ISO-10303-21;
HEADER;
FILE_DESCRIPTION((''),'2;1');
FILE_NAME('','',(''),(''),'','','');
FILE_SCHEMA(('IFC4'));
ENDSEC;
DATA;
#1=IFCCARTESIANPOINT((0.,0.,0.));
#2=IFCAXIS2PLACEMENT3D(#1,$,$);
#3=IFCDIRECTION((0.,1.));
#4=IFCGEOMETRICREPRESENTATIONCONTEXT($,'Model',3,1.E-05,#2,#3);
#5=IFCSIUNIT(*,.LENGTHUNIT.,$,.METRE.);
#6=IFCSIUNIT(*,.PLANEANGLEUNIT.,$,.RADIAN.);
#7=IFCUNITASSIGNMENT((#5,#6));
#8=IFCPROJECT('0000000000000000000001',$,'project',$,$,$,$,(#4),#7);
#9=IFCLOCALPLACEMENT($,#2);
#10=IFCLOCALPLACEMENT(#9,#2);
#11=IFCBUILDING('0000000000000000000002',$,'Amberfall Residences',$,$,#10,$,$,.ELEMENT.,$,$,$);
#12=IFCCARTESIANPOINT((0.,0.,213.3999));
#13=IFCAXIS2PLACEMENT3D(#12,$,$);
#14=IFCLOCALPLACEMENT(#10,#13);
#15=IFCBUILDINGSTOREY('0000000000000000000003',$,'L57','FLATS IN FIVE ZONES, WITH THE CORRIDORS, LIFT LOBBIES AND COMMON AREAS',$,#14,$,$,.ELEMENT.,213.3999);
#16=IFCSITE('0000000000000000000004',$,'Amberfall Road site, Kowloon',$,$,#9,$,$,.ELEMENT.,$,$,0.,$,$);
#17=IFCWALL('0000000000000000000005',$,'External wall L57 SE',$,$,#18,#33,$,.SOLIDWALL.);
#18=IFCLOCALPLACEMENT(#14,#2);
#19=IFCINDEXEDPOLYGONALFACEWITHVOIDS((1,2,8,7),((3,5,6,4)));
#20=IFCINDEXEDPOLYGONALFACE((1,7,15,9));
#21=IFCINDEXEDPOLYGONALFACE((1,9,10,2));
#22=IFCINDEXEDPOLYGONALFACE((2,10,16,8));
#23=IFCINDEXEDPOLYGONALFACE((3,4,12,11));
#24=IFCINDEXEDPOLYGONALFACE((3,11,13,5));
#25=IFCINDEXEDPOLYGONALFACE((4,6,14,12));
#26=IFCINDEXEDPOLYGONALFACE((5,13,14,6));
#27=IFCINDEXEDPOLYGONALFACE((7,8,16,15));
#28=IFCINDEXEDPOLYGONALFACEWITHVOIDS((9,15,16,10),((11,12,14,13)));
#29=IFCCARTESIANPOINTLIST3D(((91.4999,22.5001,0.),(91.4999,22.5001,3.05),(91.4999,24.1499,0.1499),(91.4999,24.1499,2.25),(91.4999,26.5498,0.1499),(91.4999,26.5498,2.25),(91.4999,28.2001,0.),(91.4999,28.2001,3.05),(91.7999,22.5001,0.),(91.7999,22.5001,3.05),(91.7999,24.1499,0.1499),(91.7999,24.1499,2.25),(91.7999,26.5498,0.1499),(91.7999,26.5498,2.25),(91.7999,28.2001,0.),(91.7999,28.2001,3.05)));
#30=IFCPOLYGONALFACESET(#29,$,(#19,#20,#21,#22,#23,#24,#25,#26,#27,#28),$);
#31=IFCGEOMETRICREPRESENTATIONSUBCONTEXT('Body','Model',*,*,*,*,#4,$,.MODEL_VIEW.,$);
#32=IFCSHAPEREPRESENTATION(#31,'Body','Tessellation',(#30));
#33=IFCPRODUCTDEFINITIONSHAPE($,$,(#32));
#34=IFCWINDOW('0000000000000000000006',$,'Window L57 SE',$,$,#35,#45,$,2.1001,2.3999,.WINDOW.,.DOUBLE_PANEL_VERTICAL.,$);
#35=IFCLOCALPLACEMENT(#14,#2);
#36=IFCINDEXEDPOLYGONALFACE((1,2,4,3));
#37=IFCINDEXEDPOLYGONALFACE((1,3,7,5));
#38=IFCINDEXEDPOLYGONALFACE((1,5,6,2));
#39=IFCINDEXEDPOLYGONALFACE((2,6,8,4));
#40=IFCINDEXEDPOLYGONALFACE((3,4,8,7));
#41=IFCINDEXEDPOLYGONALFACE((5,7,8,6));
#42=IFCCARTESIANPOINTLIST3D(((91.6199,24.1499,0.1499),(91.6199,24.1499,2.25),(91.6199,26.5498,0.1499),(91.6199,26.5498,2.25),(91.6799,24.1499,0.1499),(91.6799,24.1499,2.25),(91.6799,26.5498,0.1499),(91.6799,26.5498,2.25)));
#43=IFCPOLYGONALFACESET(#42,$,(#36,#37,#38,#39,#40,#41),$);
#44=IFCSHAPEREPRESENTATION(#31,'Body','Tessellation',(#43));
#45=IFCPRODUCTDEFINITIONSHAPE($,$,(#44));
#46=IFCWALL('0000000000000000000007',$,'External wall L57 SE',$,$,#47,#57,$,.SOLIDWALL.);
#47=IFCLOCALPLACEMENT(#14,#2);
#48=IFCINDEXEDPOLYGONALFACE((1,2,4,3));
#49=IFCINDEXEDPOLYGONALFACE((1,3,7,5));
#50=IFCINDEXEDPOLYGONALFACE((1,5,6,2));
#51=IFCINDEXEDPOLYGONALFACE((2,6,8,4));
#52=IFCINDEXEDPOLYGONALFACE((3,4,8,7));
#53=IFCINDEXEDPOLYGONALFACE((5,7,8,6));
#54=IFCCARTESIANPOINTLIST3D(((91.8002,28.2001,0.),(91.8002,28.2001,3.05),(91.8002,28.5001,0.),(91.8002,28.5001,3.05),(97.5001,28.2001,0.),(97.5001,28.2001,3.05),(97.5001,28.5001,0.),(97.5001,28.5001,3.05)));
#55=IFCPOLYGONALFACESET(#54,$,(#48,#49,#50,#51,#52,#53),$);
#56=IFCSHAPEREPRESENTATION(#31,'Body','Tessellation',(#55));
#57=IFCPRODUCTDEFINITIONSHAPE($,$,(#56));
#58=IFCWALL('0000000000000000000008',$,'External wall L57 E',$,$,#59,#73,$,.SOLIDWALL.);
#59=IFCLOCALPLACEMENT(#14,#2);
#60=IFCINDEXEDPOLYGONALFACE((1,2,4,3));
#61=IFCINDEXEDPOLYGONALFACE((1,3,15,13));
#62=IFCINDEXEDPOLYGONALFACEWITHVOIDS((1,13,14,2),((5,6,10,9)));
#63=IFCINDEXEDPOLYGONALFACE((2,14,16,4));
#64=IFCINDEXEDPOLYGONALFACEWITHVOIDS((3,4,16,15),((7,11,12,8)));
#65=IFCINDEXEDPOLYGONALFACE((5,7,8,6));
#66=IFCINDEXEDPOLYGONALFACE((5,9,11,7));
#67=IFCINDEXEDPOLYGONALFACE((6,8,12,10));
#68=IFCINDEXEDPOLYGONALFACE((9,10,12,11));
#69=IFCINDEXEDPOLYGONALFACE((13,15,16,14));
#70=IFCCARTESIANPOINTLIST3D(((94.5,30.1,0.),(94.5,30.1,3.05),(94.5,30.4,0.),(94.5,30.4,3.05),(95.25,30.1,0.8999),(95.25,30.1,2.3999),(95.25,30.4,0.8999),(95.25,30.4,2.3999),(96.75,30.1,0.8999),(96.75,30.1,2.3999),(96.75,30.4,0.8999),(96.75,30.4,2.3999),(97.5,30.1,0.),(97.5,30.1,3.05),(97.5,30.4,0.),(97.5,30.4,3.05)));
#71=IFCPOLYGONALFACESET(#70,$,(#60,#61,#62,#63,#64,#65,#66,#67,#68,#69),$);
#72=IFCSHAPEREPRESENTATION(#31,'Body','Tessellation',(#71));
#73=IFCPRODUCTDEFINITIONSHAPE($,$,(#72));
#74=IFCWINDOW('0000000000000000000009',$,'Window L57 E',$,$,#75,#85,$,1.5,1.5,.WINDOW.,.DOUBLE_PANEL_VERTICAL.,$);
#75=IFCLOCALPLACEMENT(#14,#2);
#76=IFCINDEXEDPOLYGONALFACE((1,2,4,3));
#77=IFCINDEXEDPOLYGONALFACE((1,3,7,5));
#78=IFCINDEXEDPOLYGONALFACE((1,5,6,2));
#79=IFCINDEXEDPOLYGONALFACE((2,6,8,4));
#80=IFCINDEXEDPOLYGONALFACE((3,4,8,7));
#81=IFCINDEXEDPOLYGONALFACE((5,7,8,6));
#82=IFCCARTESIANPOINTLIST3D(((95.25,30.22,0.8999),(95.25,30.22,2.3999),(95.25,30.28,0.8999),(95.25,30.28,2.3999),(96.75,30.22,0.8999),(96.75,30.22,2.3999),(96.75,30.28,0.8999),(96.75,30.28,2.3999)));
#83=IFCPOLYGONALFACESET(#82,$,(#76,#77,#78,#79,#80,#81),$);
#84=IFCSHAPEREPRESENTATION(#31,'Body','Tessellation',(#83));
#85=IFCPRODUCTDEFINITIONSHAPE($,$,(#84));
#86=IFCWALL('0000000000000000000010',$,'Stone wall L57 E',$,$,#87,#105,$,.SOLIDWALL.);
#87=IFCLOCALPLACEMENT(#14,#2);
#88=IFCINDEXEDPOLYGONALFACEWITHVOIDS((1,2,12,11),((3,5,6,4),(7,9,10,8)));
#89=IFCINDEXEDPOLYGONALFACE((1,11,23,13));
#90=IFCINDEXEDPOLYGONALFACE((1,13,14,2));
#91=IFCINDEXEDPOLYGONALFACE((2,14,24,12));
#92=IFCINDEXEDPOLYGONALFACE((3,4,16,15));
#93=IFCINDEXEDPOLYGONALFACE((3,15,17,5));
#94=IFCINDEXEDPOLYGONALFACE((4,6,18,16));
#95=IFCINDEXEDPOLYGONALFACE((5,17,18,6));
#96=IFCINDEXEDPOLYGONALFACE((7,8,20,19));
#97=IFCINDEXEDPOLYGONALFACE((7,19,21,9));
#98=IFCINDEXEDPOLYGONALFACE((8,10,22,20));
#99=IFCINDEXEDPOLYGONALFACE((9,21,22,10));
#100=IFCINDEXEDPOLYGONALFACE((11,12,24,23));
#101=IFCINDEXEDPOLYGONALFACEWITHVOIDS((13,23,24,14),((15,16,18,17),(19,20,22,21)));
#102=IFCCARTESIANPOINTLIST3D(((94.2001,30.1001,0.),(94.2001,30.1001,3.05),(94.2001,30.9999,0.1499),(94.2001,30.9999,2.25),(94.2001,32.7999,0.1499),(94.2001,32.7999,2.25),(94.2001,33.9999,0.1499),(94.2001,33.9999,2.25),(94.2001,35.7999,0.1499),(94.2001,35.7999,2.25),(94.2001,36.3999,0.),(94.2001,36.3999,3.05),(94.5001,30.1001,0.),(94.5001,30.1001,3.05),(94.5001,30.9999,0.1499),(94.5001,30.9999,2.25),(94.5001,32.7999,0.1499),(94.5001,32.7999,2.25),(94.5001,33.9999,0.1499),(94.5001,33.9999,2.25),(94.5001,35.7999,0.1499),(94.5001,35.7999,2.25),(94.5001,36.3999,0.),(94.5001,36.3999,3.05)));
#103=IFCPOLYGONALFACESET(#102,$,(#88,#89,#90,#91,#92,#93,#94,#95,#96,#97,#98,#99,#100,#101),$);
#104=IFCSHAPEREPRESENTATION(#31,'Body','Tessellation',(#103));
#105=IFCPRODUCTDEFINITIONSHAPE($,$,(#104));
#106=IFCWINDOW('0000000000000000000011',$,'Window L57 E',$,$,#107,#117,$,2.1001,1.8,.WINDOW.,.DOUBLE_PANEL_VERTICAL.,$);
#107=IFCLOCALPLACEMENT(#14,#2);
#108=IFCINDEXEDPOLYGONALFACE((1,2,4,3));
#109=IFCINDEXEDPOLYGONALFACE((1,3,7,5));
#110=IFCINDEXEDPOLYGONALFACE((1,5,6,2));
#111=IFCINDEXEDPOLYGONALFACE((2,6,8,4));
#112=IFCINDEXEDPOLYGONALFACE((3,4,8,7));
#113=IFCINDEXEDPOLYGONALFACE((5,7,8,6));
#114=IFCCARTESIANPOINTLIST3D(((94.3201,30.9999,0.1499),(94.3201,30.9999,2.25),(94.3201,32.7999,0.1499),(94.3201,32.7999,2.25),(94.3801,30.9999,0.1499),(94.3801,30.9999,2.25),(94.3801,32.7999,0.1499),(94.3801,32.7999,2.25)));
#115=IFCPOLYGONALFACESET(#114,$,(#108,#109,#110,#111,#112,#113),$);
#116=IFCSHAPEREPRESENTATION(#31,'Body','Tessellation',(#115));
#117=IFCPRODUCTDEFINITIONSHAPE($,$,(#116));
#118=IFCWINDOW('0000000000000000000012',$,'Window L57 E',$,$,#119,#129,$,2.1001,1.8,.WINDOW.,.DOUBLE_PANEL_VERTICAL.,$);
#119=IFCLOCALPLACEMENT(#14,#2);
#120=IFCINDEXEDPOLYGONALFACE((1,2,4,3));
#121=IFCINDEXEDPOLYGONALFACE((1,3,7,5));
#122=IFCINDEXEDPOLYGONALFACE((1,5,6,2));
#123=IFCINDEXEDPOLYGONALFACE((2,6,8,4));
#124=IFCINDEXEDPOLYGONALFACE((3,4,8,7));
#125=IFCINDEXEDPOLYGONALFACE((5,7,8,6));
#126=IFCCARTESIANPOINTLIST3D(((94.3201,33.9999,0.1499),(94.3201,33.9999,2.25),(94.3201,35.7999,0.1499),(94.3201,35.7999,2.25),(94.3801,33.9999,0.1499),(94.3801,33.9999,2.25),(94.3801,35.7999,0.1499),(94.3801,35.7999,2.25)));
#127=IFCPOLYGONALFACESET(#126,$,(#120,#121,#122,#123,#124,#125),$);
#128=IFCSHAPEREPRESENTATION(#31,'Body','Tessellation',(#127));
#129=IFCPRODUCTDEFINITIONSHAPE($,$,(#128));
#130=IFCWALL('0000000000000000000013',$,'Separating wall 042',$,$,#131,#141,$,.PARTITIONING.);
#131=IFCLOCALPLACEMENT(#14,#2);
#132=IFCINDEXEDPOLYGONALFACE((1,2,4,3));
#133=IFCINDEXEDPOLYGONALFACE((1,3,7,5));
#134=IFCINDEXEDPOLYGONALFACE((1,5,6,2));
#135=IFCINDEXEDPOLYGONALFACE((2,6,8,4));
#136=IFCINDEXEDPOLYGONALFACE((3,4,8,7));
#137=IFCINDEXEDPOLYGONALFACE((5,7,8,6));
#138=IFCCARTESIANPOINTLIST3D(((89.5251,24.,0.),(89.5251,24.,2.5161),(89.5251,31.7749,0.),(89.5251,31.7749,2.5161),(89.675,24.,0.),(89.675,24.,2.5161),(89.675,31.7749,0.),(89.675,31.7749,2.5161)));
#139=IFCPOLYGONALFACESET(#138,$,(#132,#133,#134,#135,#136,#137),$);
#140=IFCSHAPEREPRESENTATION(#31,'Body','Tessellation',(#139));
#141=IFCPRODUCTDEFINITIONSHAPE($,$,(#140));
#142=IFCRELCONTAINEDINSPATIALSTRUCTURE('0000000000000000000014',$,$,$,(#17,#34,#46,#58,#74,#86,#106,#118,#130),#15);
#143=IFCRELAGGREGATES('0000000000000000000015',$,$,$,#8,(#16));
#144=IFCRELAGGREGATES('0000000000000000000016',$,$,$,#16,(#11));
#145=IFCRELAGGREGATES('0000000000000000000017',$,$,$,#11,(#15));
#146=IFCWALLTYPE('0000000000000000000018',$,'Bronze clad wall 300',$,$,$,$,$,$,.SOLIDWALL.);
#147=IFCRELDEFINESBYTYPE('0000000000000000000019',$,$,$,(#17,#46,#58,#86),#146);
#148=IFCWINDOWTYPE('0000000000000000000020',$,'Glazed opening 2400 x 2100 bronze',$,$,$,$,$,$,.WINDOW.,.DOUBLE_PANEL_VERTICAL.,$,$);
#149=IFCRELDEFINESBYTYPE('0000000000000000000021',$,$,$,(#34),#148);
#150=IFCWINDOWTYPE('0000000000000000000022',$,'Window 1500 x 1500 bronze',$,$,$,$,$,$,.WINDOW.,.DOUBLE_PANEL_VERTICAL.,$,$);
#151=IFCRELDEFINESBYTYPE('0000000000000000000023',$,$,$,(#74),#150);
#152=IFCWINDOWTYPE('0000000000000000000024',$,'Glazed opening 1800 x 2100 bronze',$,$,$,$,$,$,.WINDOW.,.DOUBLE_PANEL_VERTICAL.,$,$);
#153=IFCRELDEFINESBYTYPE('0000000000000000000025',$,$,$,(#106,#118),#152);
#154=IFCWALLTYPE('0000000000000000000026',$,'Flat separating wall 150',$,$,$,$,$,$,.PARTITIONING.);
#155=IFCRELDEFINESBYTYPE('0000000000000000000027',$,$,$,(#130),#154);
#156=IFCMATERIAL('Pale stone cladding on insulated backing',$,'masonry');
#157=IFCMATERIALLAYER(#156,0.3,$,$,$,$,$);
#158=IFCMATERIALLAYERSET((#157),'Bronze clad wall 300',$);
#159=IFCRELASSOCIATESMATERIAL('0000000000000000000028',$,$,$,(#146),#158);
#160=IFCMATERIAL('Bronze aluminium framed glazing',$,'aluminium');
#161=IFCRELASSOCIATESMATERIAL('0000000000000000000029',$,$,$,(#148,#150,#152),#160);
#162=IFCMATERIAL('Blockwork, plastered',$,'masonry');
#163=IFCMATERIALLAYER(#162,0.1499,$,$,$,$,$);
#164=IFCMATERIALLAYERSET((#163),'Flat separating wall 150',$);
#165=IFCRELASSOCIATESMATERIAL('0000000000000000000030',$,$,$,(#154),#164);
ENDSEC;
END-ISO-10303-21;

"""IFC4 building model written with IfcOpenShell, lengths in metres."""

from ifc_helpers import new_model, si_unit, direction, frame, frame_2d, origin, place, context, subcontext, project, spatial, rectangle, extrude, material, layer, layer_set, type_object, element, fill, save


model = new_model("IFC4")

# Units and contexts
model_context = context("Model", 3, precision=1e-05, world=origin(), true_north=direction((0.0, 1.0)))
body_context = subcontext(model_context, "Body", "Model", "MODEL_VIEW")
ifc_project = project(units=[si_unit("LENGTHUNIT", "METRE"), si_unit("PLANEANGLEUNIT", "RADIAN")], contexts=[model_context])

# Site, building, storey
site_placement = place(None, origin())
site = spatial("IfcSite", under=ifc_project, at=site_placement, Name="Amberfall Road site, Kowloon", CompositionType="ELEMENT", RefElevation=0.0)
building_placement = place(site_placement, origin())
building = spatial("IfcBuilding", under=site, at=building_placement, Name="Amberfall Residences", CompositionType="ELEMENT")
storey_placement = place(building_placement, frame((0.0, 0.0, 213.3999)))
storey = spatial("IfcBuildingStorey", under=building, at=storey_placement, Name="L57", Description="FLATS IN FIVE ZONES, WITH THE CORRIDORS, LIFT LOBBIES AND COMMON AREAS", CompositionType="ELEMENT", Elevation=213.3999)

# Shared definitions
ifc_material_1 = material(Name="Pale stone cladding on insulated backing", Category="masonry")
ifc_layer_1 = layer(ifc_material_1, 0.3)
ifc_layer_set_1 = layer_set([ifc_layer_1], Name="Bronze clad wall 300")
wall_type_1 = type_object("IfcWallType", Name="Bronze clad wall 300", PredefinedType="SOLIDWALL", material=ifc_layer_set_1)

# Wall, opening, window
wall_1_placement = place(storey_placement, frame((91.6499, 22.5, 0.0), z_axis=(0.0, 0.0, 1.0), x_axis=(0.0, 1.0, 0.0)))
wall_1 = element("IfcWall", 1, at=wall_1_placement, inside=storey, type_object=wall_type_1, Name="External wall L57 SE", PredefinedType="SOLIDWALL", context=body_context, shape_type="SweptSolid", body=[
    extrude(rectangle(XDim=5.7, YDim=0.3, at=frame_2d((2.8501, 0.0))), origin(), (0.0, 0.0, 1.0), 3.05),
])
opening_1_placement = place(wall_1_placement, frame((1.6499, 0.0, 0.1499)))
opening_1 = element("IfcOpeningElement", 2, at=opening_1_placement, cuts=wall_1, PredefinedType="OPENING", context=body_context, shape_type="SweptSolid", body=[
    extrude(rectangle(XDim=2.3999, YDim=2.1001, at=frame_2d((1.2, 1.05))), frame((0.0, 0.1599, 0.0), z_axis=(0.0, -1.0, 0.0), x_axis=(1.0, 0.0, 0.0)), (0.0, 0.0, 1.0), 0.3201),
])
ifc_material_2 = material(Name="Bronze aluminium framed glazing", Category="aluminium")
window_type_1 = type_object("IfcWindowType", Name="Glazed opening 2400 x 2100 bronze", PartitioningType="DOUBLE_PANEL_VERTICAL", PredefinedType="WINDOW", material=ifc_material_2)
window_1_placement = place(opening_1_placement, origin())
window_1 = element("IfcWindow", 3, at=window_1_placement, inside=storey, type_object=window_type_1, Name="Window L57 SE", OverallHeight=2.1001, OverallWidth=2.3999, PartitioningType="DOUBLE_PANEL_VERTICAL", PredefinedType="WINDOW", context=body_context, shape_type="SweptSolid", body=[
    extrude(rectangle(XDim=2.3999, YDim=2.1001, at=frame_2d((1.2, 1.05))), frame((0.0, 0.03, 0.0), z_axis=(0.0, -1.0, 0.0), x_axis=(1.0, 0.0, 0.0)), (0.0, 0.0, 1.0), 0.0601),
])
fill(opening_1, window_1)

# Wall
wall_2_placement = place(storey_placement, frame((91.8, 28.3501, 0.0), z_axis=(0.0, 0.0, 1.0), x_axis=(1.0, 0.0, 0.0)))
element("IfcWall", 4, at=wall_2_placement, inside=storey, type_object=wall_type_1, Name="External wall L57 SE", PredefinedType="SOLIDWALL", context=body_context, shape_type="SweptSolid", body=[
    extrude(rectangle(XDim=5.7, YDim=0.3, at=frame_2d((2.8501, 0.0))), origin(), (0.0, 0.0, 1.0), 3.05),
])

# Wall, opening, window
wall_3_placement = place(storey_placement, frame((97.5, 30.25, 0.0), z_axis=(0.0, 0.0, 1.0), x_axis=(-1.0, 0.0, 0.0)))
wall_3 = element("IfcWall", 5, at=wall_3_placement, inside=storey, type_object=wall_type_1, Name="External wall L57 E", PredefinedType="SOLIDWALL", context=body_context, shape_type="SweptSolid", body=[
    extrude(rectangle(XDim=3.0, YDim=0.3, at=frame_2d((1.5, 0.0))), origin(), (0.0, 0.0, 1.0), 3.05),
])
opening_2_placement = place(wall_3_placement, frame((0.75, 0.0, 0.8999)))
opening_2 = element("IfcOpeningElement", 6, at=opening_2_placement, cuts=wall_3, PredefinedType="OPENING", context=body_context, shape_type="SweptSolid", body=[
    extrude(rectangle(XDim=1.5, YDim=1.5, at=frame_2d((0.75, 0.75))), frame((0.0, 0.1599, 0.0), z_axis=(0.0, -1.0, 0.0), x_axis=(1.0, 0.0, 0.0)), (0.0, 0.0, 1.0), 0.3201),
])
window_type_2 = type_object("IfcWindowType", Name="Window 1500 x 1500 bronze", PartitioningType="DOUBLE_PANEL_VERTICAL", PredefinedType="WINDOW", material=ifc_material_2)
window_2_placement = place(opening_2_placement, origin())
window_2 = element("IfcWindow", 7, at=window_2_placement, inside=storey, type_object=window_type_2, Name="Window L57 E", OverallHeight=1.5, OverallWidth=1.5, PartitioningType="DOUBLE_PANEL_VERTICAL", PredefinedType="WINDOW", context=body_context, shape_type="SweptSolid", body=[
    extrude(rectangle(XDim=1.5, YDim=1.5, at=frame_2d((0.75, 0.75))), frame((0.0, 0.03, 0.0), z_axis=(0.0, -1.0, 0.0), x_axis=(1.0, 0.0, 0.0)), (0.0, 0.0, 1.0), 0.0601),
])
fill(opening_2, window_2)

# Wall, openings, windows
wall_4_placement = place(storey_placement, frame((94.3501, 30.1001, 0.0), z_axis=(0.0, 0.0, 1.0), x_axis=(0.0, 1.0, 0.0)))
wall_4 = element("IfcWall", 8, at=wall_4_placement, inside=storey, type_object=wall_type_1, Name="Stone wall L57 E", PredefinedType="SOLIDWALL", context=body_context, shape_type="SweptSolid", body=[
    extrude(rectangle(XDim=6.2998, YDim=0.3, at=frame_2d((3.1499, 0.0))), origin(), (0.0, 0.0, 1.0), 3.05),
])
opening_3_placement = place(wall_4_placement, frame((0.8999, 0.0, 0.1499)))
opening_3 = element("IfcOpeningElement", 9, at=opening_3_placement, cuts=wall_4, PredefinedType="OPENING", context=body_context, shape_type="SweptSolid", body=[
    extrude(rectangle(XDim=1.8, YDim=2.1001, at=frame_2d((0.8999, 1.05))), frame((0.0, 0.1599, 0.0), z_axis=(0.0, -1.0, 0.0), x_axis=(1.0, 0.0, 0.0)), (0.0, 0.0, 1.0), 0.3201),
])
opening_4_placement = place(wall_4_placement, frame((3.8999, 0.0, 0.1499)))
opening_4 = element("IfcOpeningElement", 10, at=opening_4_placement, cuts=wall_4, PredefinedType="OPENING", context=body_context, shape_type="SweptSolid", body=[
    extrude(rectangle(XDim=1.8, YDim=2.1001, at=frame_2d((0.8999, 1.05))), frame((0.0, 0.1599, 0.0), z_axis=(0.0, -1.0, 0.0), x_axis=(1.0, 0.0, 0.0)), (0.0, 0.0, 1.0), 0.3201),
])
window_type_3 = type_object("IfcWindowType", Name="Glazed opening 1800 x 2100 bronze", PartitioningType="DOUBLE_PANEL_VERTICAL", PredefinedType="WINDOW", material=ifc_material_2)
window_3_placement = place(opening_3_placement, origin())
window_3 = element("IfcWindow", 11, at=window_3_placement, inside=storey, type_object=window_type_3, Name="Window L57 E", OverallHeight=2.1001, OverallWidth=1.8, PartitioningType="DOUBLE_PANEL_VERTICAL", PredefinedType="WINDOW", context=body_context, shape_type="SweptSolid", body=[
    extrude(rectangle(XDim=1.8, YDim=2.1001, at=frame_2d((0.8999, 1.05))), frame((0.0, 0.03, 0.0), z_axis=(0.0, -1.0, 0.0), x_axis=(1.0, 0.0, 0.0)), (0.0, 0.0, 1.0), 0.0601),
])
fill(opening_3, window_3)
window_4_placement = place(opening_4_placement, origin())
window_4 = element("IfcWindow", 12, at=window_4_placement, inside=storey, type_object=window_type_3, Name="Window L57 E", OverallHeight=2.1001, OverallWidth=1.8, PartitioningType="DOUBLE_PANEL_VERTICAL", PredefinedType="WINDOW", context=body_context, shape_type="SweptSolid", body=[
    extrude(rectangle(XDim=1.8, YDim=2.1001, at=frame_2d((0.8999, 1.05))), frame((0.0, 0.03, 0.0), z_axis=(0.0, -1.0, 0.0), x_axis=(1.0, 0.0, 0.0)), (0.0, 0.0, 1.0), 0.0601),
])
fill(opening_4, window_4)

# Wall
ifc_material_3 = material(Name="Blockwork, plastered", Category="masonry")
ifc_layer_2 = layer(ifc_material_3, 0.1499)
ifc_layer_set_2 = layer_set([ifc_layer_2], Name="Flat separating wall 150")
wall_type_2 = type_object("IfcWallType", Name="Flat separating wall 150", PredefinedType="PARTITIONING", material=ifc_layer_set_2)
wall_5_placement = place(storey_placement, frame((89.6001, 24.0, 0.0), z_axis=(0.0, 0.0, 1.0), x_axis=(0.0, 1.0, 0.0)))
element("IfcWall", 13, at=wall_5_placement, inside=storey, type_object=wall_type_2, Name="Separating wall 042", PredefinedType="PARTITIONING", context=body_context, shape_type="SweptSolid", body=[
    extrude(rectangle(XDim=7.7749, YDim=0.1499, at=frame_2d((3.8875, 0.0))), origin(), (0.0, 0.0, 1.0), 2.5161),
])

save(model, "model.ifc")
